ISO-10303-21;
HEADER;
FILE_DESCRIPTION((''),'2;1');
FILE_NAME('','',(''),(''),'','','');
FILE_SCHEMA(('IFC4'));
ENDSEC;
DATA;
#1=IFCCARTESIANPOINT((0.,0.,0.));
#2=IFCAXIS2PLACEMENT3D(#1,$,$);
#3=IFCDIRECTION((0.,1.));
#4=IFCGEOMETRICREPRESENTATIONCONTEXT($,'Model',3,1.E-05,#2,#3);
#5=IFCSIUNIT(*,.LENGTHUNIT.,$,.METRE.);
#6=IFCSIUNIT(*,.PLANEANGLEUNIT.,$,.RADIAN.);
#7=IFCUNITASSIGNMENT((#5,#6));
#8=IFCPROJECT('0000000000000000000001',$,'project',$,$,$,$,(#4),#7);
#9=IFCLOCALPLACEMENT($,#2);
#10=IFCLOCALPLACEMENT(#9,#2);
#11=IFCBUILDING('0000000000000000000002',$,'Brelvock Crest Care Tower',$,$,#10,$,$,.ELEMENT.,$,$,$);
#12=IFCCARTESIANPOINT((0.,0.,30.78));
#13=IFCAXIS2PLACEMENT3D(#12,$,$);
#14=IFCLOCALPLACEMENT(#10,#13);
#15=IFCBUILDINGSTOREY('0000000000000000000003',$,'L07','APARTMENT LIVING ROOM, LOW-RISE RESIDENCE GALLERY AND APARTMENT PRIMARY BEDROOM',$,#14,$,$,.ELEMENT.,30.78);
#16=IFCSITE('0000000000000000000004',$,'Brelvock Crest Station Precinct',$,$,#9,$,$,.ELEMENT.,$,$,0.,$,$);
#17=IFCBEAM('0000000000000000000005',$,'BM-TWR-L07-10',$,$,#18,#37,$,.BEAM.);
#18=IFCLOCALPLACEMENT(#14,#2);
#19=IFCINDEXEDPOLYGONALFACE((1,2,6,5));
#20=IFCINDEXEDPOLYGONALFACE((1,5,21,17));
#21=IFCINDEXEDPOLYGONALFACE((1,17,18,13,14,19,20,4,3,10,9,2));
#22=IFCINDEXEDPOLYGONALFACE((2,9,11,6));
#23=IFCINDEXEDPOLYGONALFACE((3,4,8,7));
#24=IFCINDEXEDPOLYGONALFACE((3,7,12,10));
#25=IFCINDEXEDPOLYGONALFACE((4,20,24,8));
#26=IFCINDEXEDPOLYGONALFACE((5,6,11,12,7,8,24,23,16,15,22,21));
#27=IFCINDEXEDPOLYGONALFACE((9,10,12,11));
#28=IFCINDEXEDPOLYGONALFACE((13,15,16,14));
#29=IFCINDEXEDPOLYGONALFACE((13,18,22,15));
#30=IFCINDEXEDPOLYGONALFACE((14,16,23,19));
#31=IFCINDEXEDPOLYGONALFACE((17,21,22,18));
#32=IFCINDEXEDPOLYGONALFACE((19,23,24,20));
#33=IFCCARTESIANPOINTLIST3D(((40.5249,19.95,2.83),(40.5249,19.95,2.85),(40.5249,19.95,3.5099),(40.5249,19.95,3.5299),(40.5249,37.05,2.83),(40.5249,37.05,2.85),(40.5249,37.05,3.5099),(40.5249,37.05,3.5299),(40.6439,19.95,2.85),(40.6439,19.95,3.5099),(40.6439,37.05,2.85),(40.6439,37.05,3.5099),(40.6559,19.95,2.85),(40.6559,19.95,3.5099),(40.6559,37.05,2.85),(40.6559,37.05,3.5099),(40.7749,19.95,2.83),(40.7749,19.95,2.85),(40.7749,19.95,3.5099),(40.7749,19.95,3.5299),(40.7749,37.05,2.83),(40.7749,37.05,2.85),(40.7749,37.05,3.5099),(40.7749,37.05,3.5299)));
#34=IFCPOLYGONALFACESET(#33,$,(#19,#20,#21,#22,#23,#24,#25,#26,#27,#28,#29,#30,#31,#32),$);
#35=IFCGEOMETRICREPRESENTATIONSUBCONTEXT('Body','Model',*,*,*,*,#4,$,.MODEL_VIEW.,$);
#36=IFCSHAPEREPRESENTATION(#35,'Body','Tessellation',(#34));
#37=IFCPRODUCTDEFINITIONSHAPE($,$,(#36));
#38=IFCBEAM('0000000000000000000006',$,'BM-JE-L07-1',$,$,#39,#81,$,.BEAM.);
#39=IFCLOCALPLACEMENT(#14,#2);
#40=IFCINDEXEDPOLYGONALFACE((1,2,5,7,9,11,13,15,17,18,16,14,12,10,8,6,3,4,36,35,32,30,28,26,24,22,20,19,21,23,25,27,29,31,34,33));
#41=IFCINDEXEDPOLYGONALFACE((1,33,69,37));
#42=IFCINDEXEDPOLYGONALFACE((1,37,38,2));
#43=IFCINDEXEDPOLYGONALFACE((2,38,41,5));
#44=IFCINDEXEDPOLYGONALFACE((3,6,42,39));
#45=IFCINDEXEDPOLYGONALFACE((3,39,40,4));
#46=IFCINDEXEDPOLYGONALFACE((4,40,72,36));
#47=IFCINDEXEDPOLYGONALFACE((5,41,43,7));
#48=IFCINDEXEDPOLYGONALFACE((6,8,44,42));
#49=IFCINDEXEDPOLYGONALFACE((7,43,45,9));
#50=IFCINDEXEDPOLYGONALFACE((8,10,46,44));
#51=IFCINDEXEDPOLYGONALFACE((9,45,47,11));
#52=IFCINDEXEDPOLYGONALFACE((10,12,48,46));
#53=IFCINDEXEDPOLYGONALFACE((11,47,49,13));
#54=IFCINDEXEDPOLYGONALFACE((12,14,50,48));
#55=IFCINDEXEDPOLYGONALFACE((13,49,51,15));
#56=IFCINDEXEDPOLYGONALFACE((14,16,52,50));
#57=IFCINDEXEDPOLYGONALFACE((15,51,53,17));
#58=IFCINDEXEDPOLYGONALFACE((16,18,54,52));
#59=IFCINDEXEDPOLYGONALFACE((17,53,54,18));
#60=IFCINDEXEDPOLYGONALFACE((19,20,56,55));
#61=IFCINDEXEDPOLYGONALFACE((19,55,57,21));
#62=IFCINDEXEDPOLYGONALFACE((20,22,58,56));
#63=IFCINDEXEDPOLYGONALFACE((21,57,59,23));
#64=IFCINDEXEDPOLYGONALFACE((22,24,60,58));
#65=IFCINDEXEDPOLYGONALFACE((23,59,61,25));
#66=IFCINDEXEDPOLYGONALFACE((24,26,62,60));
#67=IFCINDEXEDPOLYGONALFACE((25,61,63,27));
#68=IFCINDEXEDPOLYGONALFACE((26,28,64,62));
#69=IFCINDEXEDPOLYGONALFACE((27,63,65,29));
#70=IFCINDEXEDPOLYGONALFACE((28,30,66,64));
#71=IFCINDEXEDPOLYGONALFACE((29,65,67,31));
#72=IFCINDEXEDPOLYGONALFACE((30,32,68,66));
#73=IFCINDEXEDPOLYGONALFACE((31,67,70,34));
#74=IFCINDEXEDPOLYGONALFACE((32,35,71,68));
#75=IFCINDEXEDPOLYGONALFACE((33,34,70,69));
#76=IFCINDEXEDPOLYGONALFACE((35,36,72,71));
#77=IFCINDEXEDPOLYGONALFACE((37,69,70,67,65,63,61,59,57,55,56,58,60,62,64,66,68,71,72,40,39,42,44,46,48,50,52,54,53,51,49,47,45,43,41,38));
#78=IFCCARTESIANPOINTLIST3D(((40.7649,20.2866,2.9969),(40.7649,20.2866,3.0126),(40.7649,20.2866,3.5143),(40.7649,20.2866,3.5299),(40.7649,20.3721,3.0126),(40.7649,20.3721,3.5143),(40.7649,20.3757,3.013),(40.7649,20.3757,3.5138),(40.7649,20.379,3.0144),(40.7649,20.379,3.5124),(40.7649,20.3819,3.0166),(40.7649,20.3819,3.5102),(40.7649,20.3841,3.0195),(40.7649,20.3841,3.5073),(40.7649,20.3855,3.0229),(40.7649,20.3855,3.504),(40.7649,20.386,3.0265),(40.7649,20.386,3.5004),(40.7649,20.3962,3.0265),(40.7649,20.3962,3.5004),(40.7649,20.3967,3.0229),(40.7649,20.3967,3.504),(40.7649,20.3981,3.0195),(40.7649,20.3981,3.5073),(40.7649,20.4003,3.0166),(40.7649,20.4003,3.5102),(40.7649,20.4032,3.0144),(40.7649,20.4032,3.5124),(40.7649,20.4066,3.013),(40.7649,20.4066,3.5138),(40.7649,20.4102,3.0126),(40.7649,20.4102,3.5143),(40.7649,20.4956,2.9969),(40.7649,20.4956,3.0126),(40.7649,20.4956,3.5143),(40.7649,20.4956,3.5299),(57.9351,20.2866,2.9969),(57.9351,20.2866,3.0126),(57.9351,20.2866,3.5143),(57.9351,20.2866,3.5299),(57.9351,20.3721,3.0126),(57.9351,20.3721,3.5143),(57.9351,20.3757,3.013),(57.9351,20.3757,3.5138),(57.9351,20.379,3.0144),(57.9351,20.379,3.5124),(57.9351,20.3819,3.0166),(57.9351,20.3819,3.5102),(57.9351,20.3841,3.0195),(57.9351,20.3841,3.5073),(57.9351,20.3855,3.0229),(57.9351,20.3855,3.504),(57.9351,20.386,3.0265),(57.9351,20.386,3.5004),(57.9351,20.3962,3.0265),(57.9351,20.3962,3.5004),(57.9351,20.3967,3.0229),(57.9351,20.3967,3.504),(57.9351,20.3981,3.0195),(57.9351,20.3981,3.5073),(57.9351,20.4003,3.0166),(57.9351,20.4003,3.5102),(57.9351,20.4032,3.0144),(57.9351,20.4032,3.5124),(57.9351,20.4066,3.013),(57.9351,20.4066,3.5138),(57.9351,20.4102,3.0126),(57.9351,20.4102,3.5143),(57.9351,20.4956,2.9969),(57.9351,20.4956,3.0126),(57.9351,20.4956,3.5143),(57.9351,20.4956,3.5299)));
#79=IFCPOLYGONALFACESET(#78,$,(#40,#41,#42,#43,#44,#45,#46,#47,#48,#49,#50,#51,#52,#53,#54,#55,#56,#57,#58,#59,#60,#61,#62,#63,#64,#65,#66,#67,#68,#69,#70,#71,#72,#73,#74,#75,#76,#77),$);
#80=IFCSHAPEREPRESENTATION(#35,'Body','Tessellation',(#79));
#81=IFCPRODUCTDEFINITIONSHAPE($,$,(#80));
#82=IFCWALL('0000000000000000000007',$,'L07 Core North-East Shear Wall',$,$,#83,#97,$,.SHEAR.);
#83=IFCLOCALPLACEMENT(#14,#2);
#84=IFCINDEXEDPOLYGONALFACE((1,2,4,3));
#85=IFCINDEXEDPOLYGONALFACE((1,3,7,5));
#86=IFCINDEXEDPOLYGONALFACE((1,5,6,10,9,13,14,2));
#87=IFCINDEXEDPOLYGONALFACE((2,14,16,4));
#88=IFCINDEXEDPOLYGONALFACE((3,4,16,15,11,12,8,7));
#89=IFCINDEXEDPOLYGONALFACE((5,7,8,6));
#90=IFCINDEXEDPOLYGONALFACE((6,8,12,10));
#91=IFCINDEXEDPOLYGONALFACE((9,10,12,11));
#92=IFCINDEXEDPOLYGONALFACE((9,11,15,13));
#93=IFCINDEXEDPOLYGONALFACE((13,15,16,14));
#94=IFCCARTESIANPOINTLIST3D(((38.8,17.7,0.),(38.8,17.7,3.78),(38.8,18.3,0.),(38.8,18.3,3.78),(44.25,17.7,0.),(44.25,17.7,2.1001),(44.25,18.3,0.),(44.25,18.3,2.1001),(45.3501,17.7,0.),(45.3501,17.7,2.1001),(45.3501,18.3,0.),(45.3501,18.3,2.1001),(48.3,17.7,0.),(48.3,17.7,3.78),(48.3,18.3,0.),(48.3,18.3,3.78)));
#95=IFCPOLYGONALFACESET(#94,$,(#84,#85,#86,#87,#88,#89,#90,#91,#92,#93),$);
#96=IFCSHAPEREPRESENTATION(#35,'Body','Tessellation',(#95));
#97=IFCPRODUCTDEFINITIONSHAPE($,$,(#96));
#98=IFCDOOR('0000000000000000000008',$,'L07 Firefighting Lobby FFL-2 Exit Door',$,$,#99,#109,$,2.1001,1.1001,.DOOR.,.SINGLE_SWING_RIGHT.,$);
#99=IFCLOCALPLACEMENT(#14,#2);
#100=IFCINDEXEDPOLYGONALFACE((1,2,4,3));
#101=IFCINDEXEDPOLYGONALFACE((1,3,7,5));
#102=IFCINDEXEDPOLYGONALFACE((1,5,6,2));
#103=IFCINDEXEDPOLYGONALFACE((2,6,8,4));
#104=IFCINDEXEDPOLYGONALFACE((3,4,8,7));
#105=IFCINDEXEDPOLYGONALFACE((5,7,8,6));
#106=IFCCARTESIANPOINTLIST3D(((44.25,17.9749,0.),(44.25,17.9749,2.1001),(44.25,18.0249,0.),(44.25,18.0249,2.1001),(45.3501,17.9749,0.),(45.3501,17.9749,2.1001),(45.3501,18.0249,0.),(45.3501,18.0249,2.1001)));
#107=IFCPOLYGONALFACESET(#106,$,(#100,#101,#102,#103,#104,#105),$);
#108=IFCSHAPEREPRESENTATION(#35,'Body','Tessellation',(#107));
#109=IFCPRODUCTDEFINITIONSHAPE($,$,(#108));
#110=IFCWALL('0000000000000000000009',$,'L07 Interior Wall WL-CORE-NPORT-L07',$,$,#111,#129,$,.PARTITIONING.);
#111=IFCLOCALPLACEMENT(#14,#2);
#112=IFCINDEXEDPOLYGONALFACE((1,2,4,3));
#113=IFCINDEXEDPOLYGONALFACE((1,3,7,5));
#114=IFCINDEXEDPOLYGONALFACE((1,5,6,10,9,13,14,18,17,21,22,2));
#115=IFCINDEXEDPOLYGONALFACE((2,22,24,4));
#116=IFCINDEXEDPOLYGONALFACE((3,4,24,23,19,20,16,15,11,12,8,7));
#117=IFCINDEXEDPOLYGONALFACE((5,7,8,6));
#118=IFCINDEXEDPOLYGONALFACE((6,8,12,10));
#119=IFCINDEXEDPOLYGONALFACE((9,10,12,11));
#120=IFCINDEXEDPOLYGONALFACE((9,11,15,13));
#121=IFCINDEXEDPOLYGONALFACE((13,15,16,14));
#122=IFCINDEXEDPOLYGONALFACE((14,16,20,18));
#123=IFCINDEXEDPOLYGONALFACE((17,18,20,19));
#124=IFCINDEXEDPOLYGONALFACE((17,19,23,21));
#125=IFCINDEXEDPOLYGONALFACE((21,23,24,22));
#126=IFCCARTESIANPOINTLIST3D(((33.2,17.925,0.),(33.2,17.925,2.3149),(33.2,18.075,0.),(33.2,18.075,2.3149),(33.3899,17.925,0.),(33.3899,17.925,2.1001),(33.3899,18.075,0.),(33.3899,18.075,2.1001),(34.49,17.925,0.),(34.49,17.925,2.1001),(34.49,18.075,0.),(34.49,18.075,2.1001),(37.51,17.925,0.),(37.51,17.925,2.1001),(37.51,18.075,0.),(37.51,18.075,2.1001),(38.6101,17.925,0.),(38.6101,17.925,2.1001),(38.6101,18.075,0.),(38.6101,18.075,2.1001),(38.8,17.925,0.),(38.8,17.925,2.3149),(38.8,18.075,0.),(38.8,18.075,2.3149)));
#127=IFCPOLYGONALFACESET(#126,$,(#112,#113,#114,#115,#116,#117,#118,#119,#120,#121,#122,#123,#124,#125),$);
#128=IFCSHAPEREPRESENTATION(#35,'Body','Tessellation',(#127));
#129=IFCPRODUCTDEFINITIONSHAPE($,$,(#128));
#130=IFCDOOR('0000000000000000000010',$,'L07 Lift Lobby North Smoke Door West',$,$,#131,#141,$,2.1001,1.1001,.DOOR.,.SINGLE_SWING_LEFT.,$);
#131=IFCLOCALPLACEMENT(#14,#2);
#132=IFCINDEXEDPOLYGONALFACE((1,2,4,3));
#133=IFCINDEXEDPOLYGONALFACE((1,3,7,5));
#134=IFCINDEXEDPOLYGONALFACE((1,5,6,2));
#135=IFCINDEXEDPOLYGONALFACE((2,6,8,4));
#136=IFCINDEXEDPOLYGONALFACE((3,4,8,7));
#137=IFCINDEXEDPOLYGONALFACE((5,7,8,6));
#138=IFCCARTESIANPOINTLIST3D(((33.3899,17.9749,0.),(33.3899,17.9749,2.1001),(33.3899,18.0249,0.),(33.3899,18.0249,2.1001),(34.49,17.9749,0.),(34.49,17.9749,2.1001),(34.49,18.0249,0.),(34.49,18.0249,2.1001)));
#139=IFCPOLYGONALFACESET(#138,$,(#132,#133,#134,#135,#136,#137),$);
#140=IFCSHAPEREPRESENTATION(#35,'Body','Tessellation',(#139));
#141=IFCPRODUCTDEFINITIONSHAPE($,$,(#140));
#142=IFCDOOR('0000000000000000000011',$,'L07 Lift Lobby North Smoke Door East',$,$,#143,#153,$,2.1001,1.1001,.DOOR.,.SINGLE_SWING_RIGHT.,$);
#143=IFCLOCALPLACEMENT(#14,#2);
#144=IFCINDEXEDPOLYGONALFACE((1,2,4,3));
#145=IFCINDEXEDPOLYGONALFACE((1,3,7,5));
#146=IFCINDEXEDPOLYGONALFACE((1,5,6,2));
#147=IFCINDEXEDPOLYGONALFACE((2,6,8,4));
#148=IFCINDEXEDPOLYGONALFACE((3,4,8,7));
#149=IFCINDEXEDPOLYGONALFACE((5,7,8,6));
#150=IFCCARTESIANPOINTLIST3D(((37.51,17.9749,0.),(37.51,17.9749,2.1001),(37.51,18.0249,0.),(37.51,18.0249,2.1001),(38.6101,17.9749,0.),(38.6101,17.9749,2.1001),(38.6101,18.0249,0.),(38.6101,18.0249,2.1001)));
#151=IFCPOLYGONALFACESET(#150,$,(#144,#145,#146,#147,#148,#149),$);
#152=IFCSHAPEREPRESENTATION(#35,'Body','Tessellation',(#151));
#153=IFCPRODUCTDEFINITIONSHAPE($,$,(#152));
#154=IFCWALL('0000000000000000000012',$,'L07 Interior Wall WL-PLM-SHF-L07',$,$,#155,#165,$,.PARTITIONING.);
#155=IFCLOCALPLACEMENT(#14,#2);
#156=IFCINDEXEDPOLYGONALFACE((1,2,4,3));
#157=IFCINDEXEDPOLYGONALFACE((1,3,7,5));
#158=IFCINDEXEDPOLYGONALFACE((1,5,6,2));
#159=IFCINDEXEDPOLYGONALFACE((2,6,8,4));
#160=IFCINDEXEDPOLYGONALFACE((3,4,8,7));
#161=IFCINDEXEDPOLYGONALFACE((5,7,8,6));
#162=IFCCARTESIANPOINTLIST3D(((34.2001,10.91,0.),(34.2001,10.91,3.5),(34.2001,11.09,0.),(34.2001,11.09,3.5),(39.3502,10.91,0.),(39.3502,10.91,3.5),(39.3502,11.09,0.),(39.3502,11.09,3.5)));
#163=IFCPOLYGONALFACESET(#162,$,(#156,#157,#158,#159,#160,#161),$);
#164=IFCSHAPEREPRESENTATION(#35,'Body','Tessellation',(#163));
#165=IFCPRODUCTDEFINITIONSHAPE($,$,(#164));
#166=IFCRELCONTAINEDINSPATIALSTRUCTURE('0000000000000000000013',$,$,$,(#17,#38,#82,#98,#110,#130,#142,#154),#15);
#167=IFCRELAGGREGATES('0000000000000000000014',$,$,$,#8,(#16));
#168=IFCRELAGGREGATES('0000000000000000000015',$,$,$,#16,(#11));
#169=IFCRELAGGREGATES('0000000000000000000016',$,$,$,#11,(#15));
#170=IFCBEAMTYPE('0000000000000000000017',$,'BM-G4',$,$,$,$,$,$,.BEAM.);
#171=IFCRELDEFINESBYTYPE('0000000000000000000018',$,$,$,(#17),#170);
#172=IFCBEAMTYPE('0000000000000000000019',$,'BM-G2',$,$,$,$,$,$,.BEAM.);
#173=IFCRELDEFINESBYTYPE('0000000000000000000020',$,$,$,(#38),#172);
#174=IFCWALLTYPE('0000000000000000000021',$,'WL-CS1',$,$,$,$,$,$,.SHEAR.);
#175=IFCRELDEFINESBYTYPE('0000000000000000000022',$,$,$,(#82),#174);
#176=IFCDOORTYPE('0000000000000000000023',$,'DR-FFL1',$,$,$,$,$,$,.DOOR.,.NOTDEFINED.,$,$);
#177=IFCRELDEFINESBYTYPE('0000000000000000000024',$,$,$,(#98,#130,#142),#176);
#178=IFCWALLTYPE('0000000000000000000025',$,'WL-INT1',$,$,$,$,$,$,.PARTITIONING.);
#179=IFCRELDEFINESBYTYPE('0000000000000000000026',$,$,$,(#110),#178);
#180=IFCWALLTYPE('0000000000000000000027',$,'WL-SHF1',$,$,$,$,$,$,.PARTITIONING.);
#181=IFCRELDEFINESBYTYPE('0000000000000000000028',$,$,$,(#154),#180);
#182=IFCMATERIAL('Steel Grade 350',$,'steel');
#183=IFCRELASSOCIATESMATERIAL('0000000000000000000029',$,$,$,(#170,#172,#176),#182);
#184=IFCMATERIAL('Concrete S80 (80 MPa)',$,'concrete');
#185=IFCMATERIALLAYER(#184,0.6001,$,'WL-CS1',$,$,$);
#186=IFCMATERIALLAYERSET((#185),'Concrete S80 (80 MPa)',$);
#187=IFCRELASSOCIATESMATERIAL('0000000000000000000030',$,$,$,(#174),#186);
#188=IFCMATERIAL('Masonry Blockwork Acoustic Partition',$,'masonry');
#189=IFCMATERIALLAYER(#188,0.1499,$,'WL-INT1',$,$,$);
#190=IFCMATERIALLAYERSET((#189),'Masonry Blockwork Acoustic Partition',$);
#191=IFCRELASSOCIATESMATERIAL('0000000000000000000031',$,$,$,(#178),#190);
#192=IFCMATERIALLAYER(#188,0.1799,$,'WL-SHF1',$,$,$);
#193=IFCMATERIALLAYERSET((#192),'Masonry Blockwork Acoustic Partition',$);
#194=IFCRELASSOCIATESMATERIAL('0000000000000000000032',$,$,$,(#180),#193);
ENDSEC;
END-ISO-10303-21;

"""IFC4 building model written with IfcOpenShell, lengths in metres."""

from ifc_helpers import new_model, si_unit, direction, frame, frame_2d, origin, origin_2d, place, context, subcontext, project, spatial, rectangle, i_section, extrude, source, transform, mapped, material, layer, layer_set, material_profile, profile_set, type_object, element, fill, save


model = new_model("IFC4")

# Units and contexts
model_context = context("Model", 3, precision=1e-05, world=origin(), true_north=direction((0.0, 1.0)))
body_context = subcontext(model_context, "Body", "Model", "MODEL_VIEW")
ifc_project = project(units=[si_unit("LENGTHUNIT", "METRE"), si_unit("PLANEANGLEUNIT", "RADIAN")], contexts=[model_context])

# Site, building, storey
site_placement = place(None, origin())
site = spatial("IfcSite", under=ifc_project, at=site_placement, Name="Brelvock Crest Station Precinct", CompositionType="ELEMENT", RefElevation=0.0)
building_placement = place(site_placement, origin())
building = spatial("IfcBuilding", under=site, at=building_placement, Name="Brelvock Crest Care Tower", CompositionType="ELEMENT")
storey_placement = place(building_placement, frame((0.0, 0.0, 30.78)))
storey = spatial("IfcBuildingStorey", under=building, at=storey_placement, Name="L07", Description="APARTMENT LIVING ROOM, LOW-RISE RESIDENCE GALLERY AND APARTMENT PRIMARY BEDROOM", CompositionType="ELEMENT", Elevation=30.78)

# Shared definitions
ifc_material_1 = material(Name="Concrete S80 (80 MPa)", Category="concrete")
ifc_material_2 = material(Name="Steel Grade 350", Category="steel")

# Beams
ifc_material_profile_1 = material_profile(ifc_material_2, i_section(OverallWidth=0.25, OverallDepth=0.7, WebThickness=0.012, FlangeThickness=0.02, at=origin_2d()), Name="700WB150")
ifc_profile_set_1 = profile_set([ifc_material_profile_1], Name="Steel Grade 350")
beam_type_1 = type_object("IfcBeamType", Name="BM-G4", PredefinedType="BEAM", material=ifc_profile_set_1)
shared_shape_1 = source(origin(), body_context, "Body", "SweptSolid", [
    extrude(i_section(OverallWidth=0.25, OverallDepth=0.7, WebThickness=0.012, FlangeThickness=0.02, at=origin_2d()), origin(), (0.0, 0.0, 1.0), 17.1001),
])
beam_1_placement = place(storey_placement, frame((40.6499, 19.95, 3.1799), z_axis=(0.0, 1.0, 0.0), x_axis=(-1.0, 0.0, 0.0)))
element("IfcBeam", 1, at=beam_1_placement, inside=storey, type_object=beam_type_1, Name="BM-TWR-L07-10", PredefinedType="BEAM", context=body_context, shape_type="MappedRepresentation", body=[
    mapped(shared_shape_1, transform((0.0, 0.0, 0.0), x_axis=(1.0, 0.0, 0.0), y_axis=(0.0, 1.0, 0.0), z_axis=(0.0, 0.0, 1.0), scale=1.0)),
])
ifc_material_profile_2 = material_profile(ifc_material_2, i_section(OverallWidth=0.209, OverallDepth=0.533, WebThickness=0.0103, FlangeThickness=0.0156, FilletRadius=0.0139, at=origin_2d()), Name="530UB92.4")
ifc_profile_set_2 = profile_set([ifc_material_profile_2], Name="Steel Grade 350")
beam_type_2 = type_object("IfcBeamType", Name="BM-G2", PredefinedType="BEAM", material=ifc_profile_set_2)
shared_shape_2 = source(origin(), body_context, "Body", "SweptSolid", [
    extrude(i_section(OverallWidth=0.209, OverallDepth=0.533, WebThickness=0.0103, FlangeThickness=0.0156, FilletRadius=0.0139, at=origin_2d()), origin(), (0.0, 0.0, 1.0), 17.1702),
])
beam_2_placement = place(storey_placement, frame((40.7649, 20.3911, 3.2634), z_axis=(1.0, 0.0, 0.0), x_axis=(0.0, 1.0, 0.0)))
element("IfcBeam", 2, at=beam_2_placement, inside=storey, type_object=beam_type_2, Name="BM-JE-L07-1", PredefinedType="BEAM", context=body_context, shape_type="MappedRepresentation", body=[
    mapped(shared_shape_2, transform((0.0, 0.0, 0.0), x_axis=(1.0, 0.0, 0.0), y_axis=(0.0, 1.0, 0.0), z_axis=(0.0, 0.0, 1.0), scale=1.0)),
])

# Wall, opening, door
ifc_layer_1 = layer(ifc_material_1, 0.6001, Name="WL-CS1")
ifc_layer_set_1 = layer_set([ifc_layer_1], Name="Concrete S80 (80 MPa)")
wall_type_1 = type_object("IfcWallType", Name="WL-CS1", PredefinedType="SHEAR", material=ifc_layer_set_1)
wall_1_placement = place(storey_placement, frame((38.8, 18.0, 0.0), z_axis=(0.0, 0.0, 1.0), x_axis=(1.0, 0.0, 0.0)))
wall_1 = element("IfcWall", 3, at=wall_1_placement, inside=storey, type_object=wall_type_1, Name="L07 Core North-East Shear Wall", PredefinedType="SHEAR", context=body_context, shape_type="SweptSolid", body=[
    extrude(rectangle(XDim=9.5, YDim=0.6001, at=frame_2d((4.75, 0.0))), origin(), (0.0, 0.0, 1.0), 3.78),
])
opening_1_placement = place(wall_1_placement, frame((5.45, 0.0, 0.0)))
opening_1 = element("IfcOpeningElement", 4, at=opening_1_placement, cuts=wall_1, PredefinedType="OPENING", context=body_context, shape_type="SweptSolid", body=[
    extrude(rectangle(XDim=1.1001, YDim=2.1001, at=origin_2d()), frame((0.55, 0.3101, 1.05), z_axis=(0.0, -1.0, 0.0), x_axis=(1.0, 0.0, 0.0)), (0.0, 0.0, 1.0), 0.6201),
])
door_type_1 = type_object("IfcDoorType", Name="DR-FFL1", OperationType="NOTDEFINED", PredefinedType="DOOR", material=ifc_material_2)
shared_shape_3 = source(origin(), body_context, "Body", "SweptSolid", [
    extrude(rectangle(XDim=1.1001, YDim=2.1001, at=origin_2d()), frame((0.55, 0.0249, 1.05), z_axis=(0.0, -1.0, 0.0), x_axis=(1.0, 0.0, 0.0)), (0.0, 0.0, 1.0), 0.05),
])
door_1_placement = place(opening_1_placement, origin())
door_1 = element("IfcDoor", 5, at=door_1_placement, inside=storey, type_object=door_type_1, Name="L07 Firefighting Lobby FFL-2 Exit Door", OperationType="SINGLE_SWING_RIGHT", OverallHeight=2.1001, OverallWidth=1.1001, PredefinedType="DOOR", context=body_context, shape_type="MappedRepresentation", body=[
    mapped(shared_shape_3, transform((0.0, 0.0, 0.0), x_axis=(1.0, 0.0, 0.0), y_axis=(0.0, 1.0, 0.0), z_axis=(0.0, 0.0, 1.0), scale=1.0)),
])
fill(opening_1, door_1)

# Wall, openings, doors
ifc_material_3 = material(Name="Masonry Blockwork Acoustic Partition", Category="masonry")
ifc_layer_2 = layer(ifc_material_3, 0.1499, Name="WL-INT1")
ifc_layer_set_2 = layer_set([ifc_layer_2], Name="Masonry Blockwork Acoustic Partition")
wall_type_2 = type_object("IfcWallType", Name="WL-INT1", PredefinedType="PARTITIONING", material=ifc_layer_set_2)
wall_2_placement = place(storey_placement, frame((33.2, 18.0, 0.0), z_axis=(0.0, 0.0, 1.0), x_axis=(1.0, 0.0, 0.0)))
wall_2 = element("IfcWall", 6, at=wall_2_placement, inside=storey, type_object=wall_type_2, Name="L07 Interior Wall WL-CORE-NPORT-L07", PredefinedType="PARTITIONING", context=body_context, shape_type="SweptSolid", body=[
    extrude(rectangle(XDim=5.6001, YDim=0.1499, at=frame_2d((2.8, 0.0))), origin(), (0.0, 0.0, 1.0), 2.3149),
])
opening_2_placement = place(wall_2_placement, frame((0.1899, 0.0, 0.0)))
opening_2 = element("IfcOpeningElement", 7, at=opening_2_placement, cuts=wall_2, PredefinedType="OPENING", context=body_context, shape_type="SweptSolid", body=[
    extrude(rectangle(XDim=1.1001, YDim=2.1001, at=origin_2d()), frame((0.55, 0.085, 1.05), z_axis=(0.0, -1.0, 0.0), x_axis=(1.0, 0.0, 0.0)), (0.0, 0.0, 1.0), 0.1699),
])
opening_3_placement = place(wall_2_placement, frame((4.3101, 0.0, 0.0)))
opening_3 = element("IfcOpeningElement", 8, at=opening_3_placement, cuts=wall_2, PredefinedType="OPENING", context=body_context, shape_type="SweptSolid", body=[
    extrude(rectangle(XDim=1.1001, YDim=2.1001, at=origin_2d()), frame((0.55, 0.085, 1.05), z_axis=(0.0, -1.0, 0.0), x_axis=(1.0, 0.0, 0.0)), (0.0, 0.0, 1.0), 0.1699),
])
door_2_placement = place(opening_2_placement, origin())
door_2 = element("IfcDoor", 9, at=door_2_placement, inside=storey, type_object=door_type_1, Name="L07 Lift Lobby North Smoke Door West", OperationType="SINGLE_SWING_LEFT", OverallHeight=2.1001, OverallWidth=1.1001, PredefinedType="DOOR", context=body_context, shape_type="MappedRepresentation", body=[
    mapped(shared_shape_3, transform((0.0, 0.0, 0.0), x_axis=(1.0, 0.0, 0.0), y_axis=(0.0, 1.0, 0.0), z_axis=(0.0, 0.0, 1.0), scale=1.0)),
])
fill(opening_2, door_2)
door_3_placement = place(opening_3_placement, origin())
door_3 = element("IfcDoor", 10, at=door_3_placement, inside=storey, type_object=door_type_1, Name="L07 Lift Lobby North Smoke Door East", OperationType="SINGLE_SWING_RIGHT", OverallHeight=2.1001, OverallWidth=1.1001, PredefinedType="DOOR", context=body_context, shape_type="MappedRepresentation", body=[
    mapped(shared_shape_3, transform((0.0, 0.0, 0.0), x_axis=(1.0, 0.0, 0.0), y_axis=(0.0, 1.0, 0.0), z_axis=(0.0, 0.0, 1.0), scale=1.0)),
])
fill(opening_3, door_3)

# Wall
ifc_layer_3 = layer(ifc_material_3, 0.1799, Name="WL-SHF1")
ifc_layer_set_3 = layer_set([ifc_layer_3], Name="Masonry Blockwork Acoustic Partition")
wall_type_3 = type_object("IfcWallType", Name="WL-SHF1", PredefinedType="PARTITIONING", material=ifc_layer_set_3)
for number, where, z_axis, x_axis, name in (
    (11, (34.2, 11.0, 0.0), (0.0, 0.0, 1.0), (1.0, 0.0, 0.0), "L07 Interior Wall WL-PLM-SHF-L07"),
):
    element("IfcWall", number, at=place(storey_placement, frame(where, z_axis=z_axis, x_axis=x_axis)), inside=storey, type_object=wall_type_3, Name=name, PredefinedType="PARTITIONING", context=body_context, shape_type="SweptSolid", body=[
        extrude(rectangle(XDim=5.1501, YDim=0.1799, at=frame_2d((2.5752, 0.0))), origin(), (0.0, 0.0, 1.0), 3.5),
    ])

save(model, "model.ifc")
